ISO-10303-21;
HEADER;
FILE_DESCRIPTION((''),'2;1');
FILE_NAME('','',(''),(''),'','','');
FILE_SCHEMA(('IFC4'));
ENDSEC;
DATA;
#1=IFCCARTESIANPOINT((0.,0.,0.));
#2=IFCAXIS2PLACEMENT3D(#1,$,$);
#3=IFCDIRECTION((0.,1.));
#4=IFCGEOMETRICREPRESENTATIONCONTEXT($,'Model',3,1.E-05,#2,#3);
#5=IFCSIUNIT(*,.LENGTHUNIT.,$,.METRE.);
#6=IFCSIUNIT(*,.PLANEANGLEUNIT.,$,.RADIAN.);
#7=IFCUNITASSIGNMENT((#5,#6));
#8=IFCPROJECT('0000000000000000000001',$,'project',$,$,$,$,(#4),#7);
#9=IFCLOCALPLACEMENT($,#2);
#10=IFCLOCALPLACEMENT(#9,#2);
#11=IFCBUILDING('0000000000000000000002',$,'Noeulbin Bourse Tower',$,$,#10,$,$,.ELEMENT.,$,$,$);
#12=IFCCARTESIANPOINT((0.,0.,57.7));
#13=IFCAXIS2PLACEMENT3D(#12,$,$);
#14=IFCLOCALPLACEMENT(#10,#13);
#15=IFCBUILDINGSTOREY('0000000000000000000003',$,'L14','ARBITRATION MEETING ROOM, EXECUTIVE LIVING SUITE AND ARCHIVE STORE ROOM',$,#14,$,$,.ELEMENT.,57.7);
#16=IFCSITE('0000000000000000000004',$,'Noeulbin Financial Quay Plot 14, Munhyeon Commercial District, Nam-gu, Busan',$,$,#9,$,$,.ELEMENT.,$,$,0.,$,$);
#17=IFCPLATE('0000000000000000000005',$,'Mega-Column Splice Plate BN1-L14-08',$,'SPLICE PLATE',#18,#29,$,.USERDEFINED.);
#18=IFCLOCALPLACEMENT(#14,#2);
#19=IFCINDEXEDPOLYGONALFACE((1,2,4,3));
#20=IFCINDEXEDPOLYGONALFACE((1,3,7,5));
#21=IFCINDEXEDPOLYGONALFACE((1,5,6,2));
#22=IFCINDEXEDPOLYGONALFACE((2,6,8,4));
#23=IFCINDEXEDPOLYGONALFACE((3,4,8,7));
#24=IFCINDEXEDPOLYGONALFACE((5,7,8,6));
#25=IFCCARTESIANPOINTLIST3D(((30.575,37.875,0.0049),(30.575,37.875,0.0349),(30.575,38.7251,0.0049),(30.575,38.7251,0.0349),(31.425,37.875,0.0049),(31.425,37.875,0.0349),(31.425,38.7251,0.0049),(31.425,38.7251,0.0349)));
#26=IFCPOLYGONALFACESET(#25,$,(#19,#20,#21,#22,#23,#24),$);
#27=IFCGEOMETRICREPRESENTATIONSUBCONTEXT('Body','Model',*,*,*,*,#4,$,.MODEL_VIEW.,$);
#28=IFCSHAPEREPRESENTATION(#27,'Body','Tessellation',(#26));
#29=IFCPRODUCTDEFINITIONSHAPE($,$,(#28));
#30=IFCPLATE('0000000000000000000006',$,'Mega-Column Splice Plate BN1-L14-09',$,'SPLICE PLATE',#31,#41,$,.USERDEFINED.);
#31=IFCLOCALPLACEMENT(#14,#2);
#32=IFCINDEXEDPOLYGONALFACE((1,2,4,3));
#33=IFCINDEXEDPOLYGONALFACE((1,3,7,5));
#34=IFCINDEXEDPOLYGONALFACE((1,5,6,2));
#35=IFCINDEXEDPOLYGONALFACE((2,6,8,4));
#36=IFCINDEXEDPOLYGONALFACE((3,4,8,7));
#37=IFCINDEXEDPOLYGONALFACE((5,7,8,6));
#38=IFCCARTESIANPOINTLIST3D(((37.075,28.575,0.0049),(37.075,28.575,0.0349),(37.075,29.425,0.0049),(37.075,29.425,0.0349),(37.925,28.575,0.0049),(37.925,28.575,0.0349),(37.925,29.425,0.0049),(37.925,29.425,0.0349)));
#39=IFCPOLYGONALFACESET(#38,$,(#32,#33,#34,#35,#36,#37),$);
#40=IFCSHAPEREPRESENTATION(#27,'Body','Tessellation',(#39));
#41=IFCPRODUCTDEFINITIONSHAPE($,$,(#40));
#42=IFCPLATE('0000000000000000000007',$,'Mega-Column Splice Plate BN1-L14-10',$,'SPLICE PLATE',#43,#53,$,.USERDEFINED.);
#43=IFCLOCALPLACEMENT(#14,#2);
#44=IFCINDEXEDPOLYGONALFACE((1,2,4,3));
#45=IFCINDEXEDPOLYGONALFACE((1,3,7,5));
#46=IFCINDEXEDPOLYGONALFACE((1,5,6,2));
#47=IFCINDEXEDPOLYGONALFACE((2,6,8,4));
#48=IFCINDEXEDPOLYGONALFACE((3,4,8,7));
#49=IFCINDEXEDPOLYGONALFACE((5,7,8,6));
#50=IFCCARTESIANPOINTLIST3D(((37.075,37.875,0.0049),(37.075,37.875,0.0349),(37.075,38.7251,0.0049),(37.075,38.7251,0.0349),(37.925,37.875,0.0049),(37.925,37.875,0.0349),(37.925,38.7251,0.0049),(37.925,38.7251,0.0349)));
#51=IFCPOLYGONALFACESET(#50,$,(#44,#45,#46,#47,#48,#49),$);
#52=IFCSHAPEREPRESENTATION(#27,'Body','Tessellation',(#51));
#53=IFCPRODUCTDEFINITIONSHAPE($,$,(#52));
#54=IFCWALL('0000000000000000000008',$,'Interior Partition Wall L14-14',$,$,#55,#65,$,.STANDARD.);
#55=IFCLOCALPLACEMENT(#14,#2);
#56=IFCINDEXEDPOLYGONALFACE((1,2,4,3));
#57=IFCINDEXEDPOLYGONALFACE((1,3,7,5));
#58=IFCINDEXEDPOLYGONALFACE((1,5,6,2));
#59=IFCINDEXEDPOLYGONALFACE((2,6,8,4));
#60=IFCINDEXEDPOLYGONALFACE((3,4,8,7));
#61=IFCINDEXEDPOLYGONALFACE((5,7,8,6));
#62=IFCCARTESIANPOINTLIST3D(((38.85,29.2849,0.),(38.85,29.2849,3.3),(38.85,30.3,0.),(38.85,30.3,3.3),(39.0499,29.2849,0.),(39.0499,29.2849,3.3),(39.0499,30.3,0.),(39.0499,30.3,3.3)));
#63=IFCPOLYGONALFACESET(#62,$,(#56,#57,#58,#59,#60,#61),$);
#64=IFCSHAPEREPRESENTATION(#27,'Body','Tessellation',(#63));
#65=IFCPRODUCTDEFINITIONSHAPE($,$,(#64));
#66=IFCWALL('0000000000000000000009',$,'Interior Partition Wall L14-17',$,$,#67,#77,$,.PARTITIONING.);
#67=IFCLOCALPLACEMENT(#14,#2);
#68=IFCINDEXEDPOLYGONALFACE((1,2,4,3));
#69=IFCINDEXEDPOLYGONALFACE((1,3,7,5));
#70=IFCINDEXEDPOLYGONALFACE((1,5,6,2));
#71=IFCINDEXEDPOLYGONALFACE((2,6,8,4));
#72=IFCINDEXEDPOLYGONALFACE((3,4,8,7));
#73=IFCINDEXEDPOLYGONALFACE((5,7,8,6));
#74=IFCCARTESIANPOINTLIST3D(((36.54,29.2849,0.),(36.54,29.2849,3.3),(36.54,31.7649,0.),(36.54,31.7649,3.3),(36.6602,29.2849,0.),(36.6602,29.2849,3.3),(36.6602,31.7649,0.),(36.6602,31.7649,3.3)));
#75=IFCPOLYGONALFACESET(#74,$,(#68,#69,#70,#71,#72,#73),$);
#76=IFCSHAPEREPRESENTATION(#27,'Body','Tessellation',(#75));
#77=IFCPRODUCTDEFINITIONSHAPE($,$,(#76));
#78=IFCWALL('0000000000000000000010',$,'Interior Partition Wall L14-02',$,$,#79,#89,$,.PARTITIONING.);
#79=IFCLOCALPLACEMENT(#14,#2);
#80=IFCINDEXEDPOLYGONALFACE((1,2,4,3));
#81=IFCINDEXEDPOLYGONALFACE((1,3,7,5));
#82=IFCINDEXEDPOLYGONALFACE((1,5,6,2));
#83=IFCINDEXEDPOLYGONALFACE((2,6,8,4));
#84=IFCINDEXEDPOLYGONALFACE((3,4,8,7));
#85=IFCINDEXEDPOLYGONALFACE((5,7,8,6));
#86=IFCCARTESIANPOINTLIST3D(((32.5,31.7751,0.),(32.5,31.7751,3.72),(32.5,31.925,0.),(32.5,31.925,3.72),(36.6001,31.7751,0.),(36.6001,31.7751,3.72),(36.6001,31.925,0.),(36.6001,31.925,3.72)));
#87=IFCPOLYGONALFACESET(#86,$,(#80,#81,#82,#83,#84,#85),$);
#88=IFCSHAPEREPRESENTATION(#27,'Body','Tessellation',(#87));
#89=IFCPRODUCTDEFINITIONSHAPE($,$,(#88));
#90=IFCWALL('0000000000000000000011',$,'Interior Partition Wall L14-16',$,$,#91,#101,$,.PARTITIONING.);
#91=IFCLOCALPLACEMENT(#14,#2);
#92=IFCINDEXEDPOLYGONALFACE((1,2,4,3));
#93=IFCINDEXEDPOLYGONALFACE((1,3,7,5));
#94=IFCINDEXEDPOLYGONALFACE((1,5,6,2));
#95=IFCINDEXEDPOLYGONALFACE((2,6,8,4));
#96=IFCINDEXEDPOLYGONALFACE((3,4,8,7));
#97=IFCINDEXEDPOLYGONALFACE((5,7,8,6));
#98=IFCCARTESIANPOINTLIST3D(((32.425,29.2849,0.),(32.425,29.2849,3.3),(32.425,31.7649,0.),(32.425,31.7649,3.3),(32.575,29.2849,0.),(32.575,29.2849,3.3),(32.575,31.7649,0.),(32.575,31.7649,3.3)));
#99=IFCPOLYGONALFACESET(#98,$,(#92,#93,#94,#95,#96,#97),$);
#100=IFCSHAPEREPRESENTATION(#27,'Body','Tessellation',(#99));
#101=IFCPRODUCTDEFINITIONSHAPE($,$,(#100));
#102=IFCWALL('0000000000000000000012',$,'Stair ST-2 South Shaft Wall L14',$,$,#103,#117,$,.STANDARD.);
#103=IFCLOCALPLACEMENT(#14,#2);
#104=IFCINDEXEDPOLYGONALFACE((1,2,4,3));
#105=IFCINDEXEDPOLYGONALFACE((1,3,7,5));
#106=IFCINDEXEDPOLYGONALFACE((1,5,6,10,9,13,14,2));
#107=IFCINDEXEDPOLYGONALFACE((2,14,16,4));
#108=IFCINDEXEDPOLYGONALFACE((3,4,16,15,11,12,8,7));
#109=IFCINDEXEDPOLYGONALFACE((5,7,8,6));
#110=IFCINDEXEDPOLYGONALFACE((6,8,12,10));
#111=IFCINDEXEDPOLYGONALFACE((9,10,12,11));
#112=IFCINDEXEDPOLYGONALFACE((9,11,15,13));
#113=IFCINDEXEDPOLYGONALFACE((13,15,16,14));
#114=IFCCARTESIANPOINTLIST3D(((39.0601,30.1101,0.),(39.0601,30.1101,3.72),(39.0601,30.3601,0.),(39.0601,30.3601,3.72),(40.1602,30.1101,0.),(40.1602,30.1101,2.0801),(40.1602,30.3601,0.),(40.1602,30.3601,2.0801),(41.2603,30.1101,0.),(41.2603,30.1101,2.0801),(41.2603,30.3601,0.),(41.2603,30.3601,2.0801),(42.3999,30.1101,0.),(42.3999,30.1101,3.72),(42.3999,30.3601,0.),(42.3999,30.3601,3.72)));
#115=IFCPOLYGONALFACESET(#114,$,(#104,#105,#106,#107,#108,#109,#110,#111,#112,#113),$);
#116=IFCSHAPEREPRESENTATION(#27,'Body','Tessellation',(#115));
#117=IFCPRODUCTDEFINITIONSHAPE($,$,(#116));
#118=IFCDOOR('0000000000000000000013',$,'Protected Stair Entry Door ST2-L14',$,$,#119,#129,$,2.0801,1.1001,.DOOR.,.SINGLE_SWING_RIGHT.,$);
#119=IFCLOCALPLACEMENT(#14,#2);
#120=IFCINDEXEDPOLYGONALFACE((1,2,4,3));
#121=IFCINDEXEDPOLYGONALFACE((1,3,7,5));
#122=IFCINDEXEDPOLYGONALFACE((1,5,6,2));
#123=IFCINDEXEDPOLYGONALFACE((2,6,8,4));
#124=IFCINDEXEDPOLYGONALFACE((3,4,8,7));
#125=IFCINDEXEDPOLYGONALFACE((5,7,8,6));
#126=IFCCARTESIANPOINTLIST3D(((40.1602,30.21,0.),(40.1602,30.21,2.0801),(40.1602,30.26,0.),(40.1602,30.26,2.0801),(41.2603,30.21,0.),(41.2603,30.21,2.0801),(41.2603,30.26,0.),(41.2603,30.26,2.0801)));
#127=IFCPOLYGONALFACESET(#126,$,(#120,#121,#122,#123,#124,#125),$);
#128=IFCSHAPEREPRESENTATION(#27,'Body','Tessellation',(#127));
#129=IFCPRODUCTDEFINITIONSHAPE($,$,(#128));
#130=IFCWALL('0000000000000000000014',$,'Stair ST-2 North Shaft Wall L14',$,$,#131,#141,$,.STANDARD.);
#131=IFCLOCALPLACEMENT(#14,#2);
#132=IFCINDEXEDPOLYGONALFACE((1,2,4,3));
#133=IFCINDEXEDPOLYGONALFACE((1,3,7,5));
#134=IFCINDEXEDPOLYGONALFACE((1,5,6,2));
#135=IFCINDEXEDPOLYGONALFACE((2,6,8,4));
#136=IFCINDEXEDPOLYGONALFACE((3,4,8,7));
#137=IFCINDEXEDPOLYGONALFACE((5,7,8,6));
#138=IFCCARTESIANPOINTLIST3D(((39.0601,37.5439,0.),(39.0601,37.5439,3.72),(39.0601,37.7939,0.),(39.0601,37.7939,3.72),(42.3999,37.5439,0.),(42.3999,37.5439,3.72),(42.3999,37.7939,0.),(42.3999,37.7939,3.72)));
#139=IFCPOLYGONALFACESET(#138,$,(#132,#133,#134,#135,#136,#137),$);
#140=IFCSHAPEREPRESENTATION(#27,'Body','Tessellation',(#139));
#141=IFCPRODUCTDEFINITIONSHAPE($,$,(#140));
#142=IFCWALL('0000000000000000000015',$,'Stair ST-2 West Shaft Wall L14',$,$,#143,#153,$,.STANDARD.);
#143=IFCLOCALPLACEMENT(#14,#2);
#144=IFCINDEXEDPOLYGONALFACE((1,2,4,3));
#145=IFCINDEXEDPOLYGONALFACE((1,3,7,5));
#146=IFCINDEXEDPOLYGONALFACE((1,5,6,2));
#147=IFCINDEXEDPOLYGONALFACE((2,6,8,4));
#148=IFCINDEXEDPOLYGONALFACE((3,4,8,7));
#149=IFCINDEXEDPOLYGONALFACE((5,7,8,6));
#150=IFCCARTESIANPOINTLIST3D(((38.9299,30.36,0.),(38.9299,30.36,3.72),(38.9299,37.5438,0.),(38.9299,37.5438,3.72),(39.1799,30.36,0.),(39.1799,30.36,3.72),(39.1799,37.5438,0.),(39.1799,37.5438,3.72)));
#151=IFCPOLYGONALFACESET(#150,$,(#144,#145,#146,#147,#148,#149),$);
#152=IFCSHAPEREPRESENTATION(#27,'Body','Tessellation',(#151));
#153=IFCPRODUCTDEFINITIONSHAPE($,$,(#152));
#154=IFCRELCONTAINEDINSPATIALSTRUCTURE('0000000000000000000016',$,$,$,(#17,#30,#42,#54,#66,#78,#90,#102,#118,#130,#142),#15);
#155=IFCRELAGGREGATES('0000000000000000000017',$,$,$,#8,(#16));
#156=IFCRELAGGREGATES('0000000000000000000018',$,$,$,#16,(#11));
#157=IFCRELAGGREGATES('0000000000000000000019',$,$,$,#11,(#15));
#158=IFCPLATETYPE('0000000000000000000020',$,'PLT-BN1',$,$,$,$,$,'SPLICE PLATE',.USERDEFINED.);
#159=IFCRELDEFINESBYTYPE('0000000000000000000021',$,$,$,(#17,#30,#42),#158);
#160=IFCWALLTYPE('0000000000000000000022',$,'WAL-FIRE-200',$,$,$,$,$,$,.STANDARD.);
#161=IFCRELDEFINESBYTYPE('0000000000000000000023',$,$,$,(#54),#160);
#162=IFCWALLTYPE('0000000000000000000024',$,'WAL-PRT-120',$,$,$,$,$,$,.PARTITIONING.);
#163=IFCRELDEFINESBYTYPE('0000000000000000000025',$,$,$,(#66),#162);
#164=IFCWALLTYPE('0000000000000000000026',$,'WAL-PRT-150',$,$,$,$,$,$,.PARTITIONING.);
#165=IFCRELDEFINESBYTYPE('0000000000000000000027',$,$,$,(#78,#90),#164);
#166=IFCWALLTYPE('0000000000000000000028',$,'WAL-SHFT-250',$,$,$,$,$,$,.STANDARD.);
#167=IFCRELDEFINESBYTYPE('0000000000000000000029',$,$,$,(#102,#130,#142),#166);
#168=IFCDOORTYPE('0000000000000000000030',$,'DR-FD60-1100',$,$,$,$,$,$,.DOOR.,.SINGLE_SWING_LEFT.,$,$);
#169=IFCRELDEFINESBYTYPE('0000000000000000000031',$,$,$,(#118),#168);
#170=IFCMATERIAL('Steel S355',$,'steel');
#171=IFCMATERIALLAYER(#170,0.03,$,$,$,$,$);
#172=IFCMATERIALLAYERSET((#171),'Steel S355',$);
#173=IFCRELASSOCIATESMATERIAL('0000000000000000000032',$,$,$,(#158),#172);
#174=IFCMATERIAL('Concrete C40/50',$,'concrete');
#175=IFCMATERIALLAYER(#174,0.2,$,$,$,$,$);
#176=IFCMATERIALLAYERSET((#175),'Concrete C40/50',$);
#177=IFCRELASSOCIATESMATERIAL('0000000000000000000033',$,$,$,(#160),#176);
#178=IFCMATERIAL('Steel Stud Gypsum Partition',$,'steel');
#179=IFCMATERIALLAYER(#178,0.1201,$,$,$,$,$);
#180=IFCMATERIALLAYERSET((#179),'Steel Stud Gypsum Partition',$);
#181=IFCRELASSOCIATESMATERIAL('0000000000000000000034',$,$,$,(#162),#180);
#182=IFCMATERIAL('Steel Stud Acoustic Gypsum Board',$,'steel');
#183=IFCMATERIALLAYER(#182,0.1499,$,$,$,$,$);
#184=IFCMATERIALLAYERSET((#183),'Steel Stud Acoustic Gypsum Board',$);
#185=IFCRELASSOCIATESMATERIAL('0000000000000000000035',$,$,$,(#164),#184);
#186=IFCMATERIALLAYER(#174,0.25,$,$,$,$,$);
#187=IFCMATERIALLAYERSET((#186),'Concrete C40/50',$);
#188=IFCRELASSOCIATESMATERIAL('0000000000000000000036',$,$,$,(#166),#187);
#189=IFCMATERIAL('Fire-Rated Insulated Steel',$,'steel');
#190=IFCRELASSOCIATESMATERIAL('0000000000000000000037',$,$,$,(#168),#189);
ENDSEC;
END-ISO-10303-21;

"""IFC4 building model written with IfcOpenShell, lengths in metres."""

from ifc_helpers import new_model, si_unit, direction, frame, frame_2d, origin, origin_2d, place, context, subcontext, project, spatial, rectangle, extrude, material, layer, layer_set, type_object, element, fill, save


model = new_model("IFC4")

# Units and contexts
model_context = context("Model", 3, precision=1e-05, world=origin(), true_north=direction((0.0, 1.0)))
body_context = subcontext(model_context, "Body", "Model", "MODEL_VIEW")
ifc_project = project(units=[si_unit("LENGTHUNIT", "METRE"), si_unit("PLANEANGLEUNIT", "RADIAN")], contexts=[model_context])

# Site, building, storey
site_placement = place(None, origin())
site = spatial("IfcSite", under=ifc_project, at=site_placement, Name="Noeulbin Financial Quay Plot 14, Munhyeon Commercial District, Nam-gu, Busan", CompositionType="ELEMENT", RefElevation=0.0)
building_placement = place(site_placement, origin())
building = spatial("IfcBuilding", under=site, at=building_placement, Name="Noeulbin Bourse Tower", CompositionType="ELEMENT")
storey_placement = place(building_placement, frame((0.0, 0.0, 57.7)))
storey = spatial("IfcBuildingStorey", under=building, at=storey_placement, Name="L14", Description="ARBITRATION MEETING ROOM, EXECUTIVE LIVING SUITE AND ARCHIVE STORE ROOM", CompositionType="ELEMENT", Elevation=57.7)

# Shared definitions
ifc_material_1 = material(Name="Steel S355", Category="steel")

# Plates
ifc_layer_1 = layer(ifc_material_1, 0.03)
ifc_layer_set_1 = layer_set([ifc_layer_1], Name="Steel S355")
plate_type = type_object("IfcPlateType", Name="PLT-BN1", ElementType="SPLICE PLATE", PredefinedType="USERDEFINED", material=ifc_layer_set_1)
for number, where, z_axis, x_axis, name in (
    (1, (31.0, 38.3, 0.0049), (0.0, 0.0, 1.0), (1.0, 0.0, 0.0), "Mega-Column Splice Plate BN1-L14-08"),
    (2, (37.5, 29.0, 0.0049), (0.0, 0.0, 1.0), (1.0, 0.0, 0.0), "Mega-Column Splice Plate BN1-L14-09"),
    (3, (37.5, 38.3, 0.0049), (0.0, 0.0, 1.0), (1.0, 0.0, 0.0), "Mega-Column Splice Plate BN1-L14-10"),
):
    element("IfcPlate", number, at=place(storey_placement, frame(where, z_axis=z_axis, x_axis=x_axis)), inside=storey, type_object=plate_type, Name=name, ObjectType="SPLICE PLATE", PredefinedType="USERDEFINED", context=body_context, shape_type="SweptSolid", body=[
        extrude(rectangle(XDim=0.8501, YDim=0.8501, at=origin_2d()), origin(), (0.0, 0.0, 1.0), 0.03),
    ])

# Walls
ifc_material_2 = material(Name="Concrete C40/50", Category="concrete")
ifc_layer_2 = layer(ifc_material_2, 0.2)
ifc_layer_set_2 = layer_set([ifc_layer_2], Name="Concrete C40/50")
wall_type_1 = type_object("IfcWallType", Name="WAL-FIRE-200", PredefinedType="STANDARD", material=ifc_layer_set_2)
wall_1_placement = place(storey_placement, frame((38.95, 29.2849, 0.0), z_axis=(0.0, 0.0, 1.0), x_axis=(0.0, 1.0, 0.0)))
element("IfcWall", 4, at=wall_1_placement, inside=storey, type_object=wall_type_1, Name="Interior Partition Wall L14-14", PredefinedType="STANDARD", context=body_context, shape_type="SweptSolid", body=[
    extrude(rectangle(XDim=1.0151, YDim=0.2, at=frame_2d((0.5076, 0.0))), origin(), (0.0, 0.0, 1.0), 3.3),
])
ifc_material_3 = material(Name="Steel Stud Gypsum Partition", Category="steel")
ifc_layer_3 = layer(ifc_material_3, 0.1201)
ifc_layer_set_3 = layer_set([ifc_layer_3], Name="Steel Stud Gypsum Partition")
wall_type_2 = type_object("IfcWallType", Name="WAL-PRT-120", PredefinedType="PARTITIONING", material=ifc_layer_set_3)
wall_2_placement = place(storey_placement, frame((36.6001, 29.2849, 0.0), z_axis=(0.0, 0.0, 1.0), x_axis=(0.0, 1.0, 0.0)))
element("IfcWall", 5, at=wall_2_placement, inside=storey, type_object=wall_type_2, Name="Interior Partition Wall L14-17", PredefinedType="PARTITIONING", context=body_context, shape_type="SweptSolid", body=[
    extrude(rectangle(XDim=2.48, YDim=0.1201, at=frame_2d((1.24, 0.0))), origin(), (0.0, 0.0, 1.0), 3.3),
])
ifc_material_4 = material(Name="Steel Stud Acoustic Gypsum Board", Category="steel")
ifc_layer_4 = layer(ifc_material_4, 0.1499)
ifc_layer_set_4 = layer_set([ifc_layer_4], Name="Steel Stud Acoustic Gypsum Board")
wall_type_3 = type_object("IfcWallType", Name="WAL-PRT-150", PredefinedType="PARTITIONING", material=ifc_layer_set_4)
wall_3_placement = place(storey_placement, frame((32.5, 31.8501, 0.0), z_axis=(0.0, 0.0, 1.0), x_axis=(1.0, 0.0, 0.0)))
element("IfcWall", 6, at=wall_3_placement, inside=storey, type_object=wall_type_3, Name="Interior Partition Wall L14-02", PredefinedType="PARTITIONING", context=body_context, shape_type="SweptSolid", body=[
    extrude(rectangle(XDim=4.1001, YDim=0.1499, at=frame_2d((2.05, 0.0))), origin(), (0.0, 0.0, 1.0), 3.72),
])
wall_4_placement = place(storey_placement, frame((32.5, 29.2849, 0.0), z_axis=(0.0, 0.0, 1.0), x_axis=(0.0, 1.0, 0.0)))
element("IfcWall", 7, at=wall_4_placement, inside=storey, type_object=wall_type_3, Name="Interior Partition Wall L14-16", PredefinedType="PARTITIONING", context=body_context, shape_type="SweptSolid", body=[
    extrude(rectangle(XDim=2.48, YDim=0.1499, at=frame_2d((1.24, 0.0))), origin(), (0.0, 0.0, 1.0), 3.3),
])

# Wall, opening, door
ifc_layer_5 = layer(ifc_material_2, 0.25)
ifc_layer_set_5 = layer_set([ifc_layer_5], Name="Concrete C40/50")
wall_type_4 = type_object("IfcWallType", Name="WAL-SHFT-250", PredefinedType="STANDARD", material=ifc_layer_set_5)
wall_5_placement = place(storey_placement, frame((39.0601, 30.2351, 0.0), z_axis=(0.0, 0.0, 1.0), x_axis=(1.0, 0.0, 0.0)))
wall_5 = element("IfcWall", 8, at=wall_5_placement, inside=storey, type_object=wall_type_4, Name="Stair ST-2 South Shaft Wall L14", PredefinedType="STANDARD", context=body_context, shape_type="SweptSolid", body=[
    extrude(rectangle(XDim=3.3398, YDim=0.25, at=frame_2d((1.6699, 0.0))), origin(), (0.0, 0.0, 1.0), 3.72),
])
opening_1_placement = place(wall_5_placement, frame((1.1001, 0.0, 0.0)))
opening_1 = element("IfcOpeningElement", 9, at=opening_1_placement, cuts=wall_5, PredefinedType="OPENING", context=body_context, shape_type="SweptSolid", body=[
    extrude(rectangle(XDim=1.1001, YDim=2.0801, at=frame_2d((0.55, 1.04))), frame((0.0, 0.135, 0.0), z_axis=(0.0, -1.0, 0.0), x_axis=(1.0, 0.0, 0.0)), (0.0, 0.0, 1.0), 0.27),
])
ifc_material_5 = material(Name="Fire-Rated Insulated Steel", Category="steel")
door_type_1 = type_object("IfcDoorType", Name="DR-FD60-1100", OperationType="SINGLE_SWING_LEFT", PredefinedType="DOOR", material=ifc_material_5)
door_1_placement = place(opening_1_placement, origin())
door_1 = element("IfcDoor", 10, at=door_1_placement, inside=storey, type_object=door_type_1, Name="Protected Stair Entry Door ST2-L14", OperationType="SINGLE_SWING_RIGHT", OverallHeight=2.0801, OverallWidth=1.1001, PredefinedType="DOOR", context=body_context, shape_type="SweptSolid", body=[
    extrude(rectangle(XDim=1.1001, YDim=2.0801, at=frame_2d((0.55, 1.04))), frame((0.0, 0.0249, 0.0), z_axis=(0.0, -1.0, 0.0), x_axis=(1.0, 0.0, 0.0)), (0.0, 0.0, 1.0), 0.05),
])
fill(opening_1, door_1)

# Walls
wall_6_placement = place(storey_placement, frame((39.0601, 37.6689, 0.0), z_axis=(0.0, 0.0, 1.0), x_axis=(1.0, 0.0, 0.0)))
element("IfcWall", 11, at=wall_6_placement, inside=storey, type_object=wall_type_4, Name="Stair ST-2 North Shaft Wall L14", PredefinedType="STANDARD", context=body_context, shape_type="SweptSolid", body=[
    extrude(rectangle(XDim=3.3398, YDim=0.25, at=frame_2d((1.6699, 0.0))), origin(), (0.0, 0.0, 1.0), 3.72),
])
wall_7_placement = place(storey_placement, frame((39.0549, 30.3601, 0.0), z_axis=(0.0, 0.0, 1.0), x_axis=(0.0, 1.0, 0.0)))
element("IfcWall", 12, at=wall_7_placement, inside=storey, type_object=wall_type_4, Name="Stair ST-2 West Shaft Wall L14", PredefinedType="STANDARD", context=body_context, shape_type="SweptSolid", body=[
    extrude(rectangle(XDim=7.1838, YDim=0.25, at=frame_2d((3.5918, 0.0))), origin(), (0.0, 0.0, 1.0), 3.72),
])

save(model, "model.ifc")
